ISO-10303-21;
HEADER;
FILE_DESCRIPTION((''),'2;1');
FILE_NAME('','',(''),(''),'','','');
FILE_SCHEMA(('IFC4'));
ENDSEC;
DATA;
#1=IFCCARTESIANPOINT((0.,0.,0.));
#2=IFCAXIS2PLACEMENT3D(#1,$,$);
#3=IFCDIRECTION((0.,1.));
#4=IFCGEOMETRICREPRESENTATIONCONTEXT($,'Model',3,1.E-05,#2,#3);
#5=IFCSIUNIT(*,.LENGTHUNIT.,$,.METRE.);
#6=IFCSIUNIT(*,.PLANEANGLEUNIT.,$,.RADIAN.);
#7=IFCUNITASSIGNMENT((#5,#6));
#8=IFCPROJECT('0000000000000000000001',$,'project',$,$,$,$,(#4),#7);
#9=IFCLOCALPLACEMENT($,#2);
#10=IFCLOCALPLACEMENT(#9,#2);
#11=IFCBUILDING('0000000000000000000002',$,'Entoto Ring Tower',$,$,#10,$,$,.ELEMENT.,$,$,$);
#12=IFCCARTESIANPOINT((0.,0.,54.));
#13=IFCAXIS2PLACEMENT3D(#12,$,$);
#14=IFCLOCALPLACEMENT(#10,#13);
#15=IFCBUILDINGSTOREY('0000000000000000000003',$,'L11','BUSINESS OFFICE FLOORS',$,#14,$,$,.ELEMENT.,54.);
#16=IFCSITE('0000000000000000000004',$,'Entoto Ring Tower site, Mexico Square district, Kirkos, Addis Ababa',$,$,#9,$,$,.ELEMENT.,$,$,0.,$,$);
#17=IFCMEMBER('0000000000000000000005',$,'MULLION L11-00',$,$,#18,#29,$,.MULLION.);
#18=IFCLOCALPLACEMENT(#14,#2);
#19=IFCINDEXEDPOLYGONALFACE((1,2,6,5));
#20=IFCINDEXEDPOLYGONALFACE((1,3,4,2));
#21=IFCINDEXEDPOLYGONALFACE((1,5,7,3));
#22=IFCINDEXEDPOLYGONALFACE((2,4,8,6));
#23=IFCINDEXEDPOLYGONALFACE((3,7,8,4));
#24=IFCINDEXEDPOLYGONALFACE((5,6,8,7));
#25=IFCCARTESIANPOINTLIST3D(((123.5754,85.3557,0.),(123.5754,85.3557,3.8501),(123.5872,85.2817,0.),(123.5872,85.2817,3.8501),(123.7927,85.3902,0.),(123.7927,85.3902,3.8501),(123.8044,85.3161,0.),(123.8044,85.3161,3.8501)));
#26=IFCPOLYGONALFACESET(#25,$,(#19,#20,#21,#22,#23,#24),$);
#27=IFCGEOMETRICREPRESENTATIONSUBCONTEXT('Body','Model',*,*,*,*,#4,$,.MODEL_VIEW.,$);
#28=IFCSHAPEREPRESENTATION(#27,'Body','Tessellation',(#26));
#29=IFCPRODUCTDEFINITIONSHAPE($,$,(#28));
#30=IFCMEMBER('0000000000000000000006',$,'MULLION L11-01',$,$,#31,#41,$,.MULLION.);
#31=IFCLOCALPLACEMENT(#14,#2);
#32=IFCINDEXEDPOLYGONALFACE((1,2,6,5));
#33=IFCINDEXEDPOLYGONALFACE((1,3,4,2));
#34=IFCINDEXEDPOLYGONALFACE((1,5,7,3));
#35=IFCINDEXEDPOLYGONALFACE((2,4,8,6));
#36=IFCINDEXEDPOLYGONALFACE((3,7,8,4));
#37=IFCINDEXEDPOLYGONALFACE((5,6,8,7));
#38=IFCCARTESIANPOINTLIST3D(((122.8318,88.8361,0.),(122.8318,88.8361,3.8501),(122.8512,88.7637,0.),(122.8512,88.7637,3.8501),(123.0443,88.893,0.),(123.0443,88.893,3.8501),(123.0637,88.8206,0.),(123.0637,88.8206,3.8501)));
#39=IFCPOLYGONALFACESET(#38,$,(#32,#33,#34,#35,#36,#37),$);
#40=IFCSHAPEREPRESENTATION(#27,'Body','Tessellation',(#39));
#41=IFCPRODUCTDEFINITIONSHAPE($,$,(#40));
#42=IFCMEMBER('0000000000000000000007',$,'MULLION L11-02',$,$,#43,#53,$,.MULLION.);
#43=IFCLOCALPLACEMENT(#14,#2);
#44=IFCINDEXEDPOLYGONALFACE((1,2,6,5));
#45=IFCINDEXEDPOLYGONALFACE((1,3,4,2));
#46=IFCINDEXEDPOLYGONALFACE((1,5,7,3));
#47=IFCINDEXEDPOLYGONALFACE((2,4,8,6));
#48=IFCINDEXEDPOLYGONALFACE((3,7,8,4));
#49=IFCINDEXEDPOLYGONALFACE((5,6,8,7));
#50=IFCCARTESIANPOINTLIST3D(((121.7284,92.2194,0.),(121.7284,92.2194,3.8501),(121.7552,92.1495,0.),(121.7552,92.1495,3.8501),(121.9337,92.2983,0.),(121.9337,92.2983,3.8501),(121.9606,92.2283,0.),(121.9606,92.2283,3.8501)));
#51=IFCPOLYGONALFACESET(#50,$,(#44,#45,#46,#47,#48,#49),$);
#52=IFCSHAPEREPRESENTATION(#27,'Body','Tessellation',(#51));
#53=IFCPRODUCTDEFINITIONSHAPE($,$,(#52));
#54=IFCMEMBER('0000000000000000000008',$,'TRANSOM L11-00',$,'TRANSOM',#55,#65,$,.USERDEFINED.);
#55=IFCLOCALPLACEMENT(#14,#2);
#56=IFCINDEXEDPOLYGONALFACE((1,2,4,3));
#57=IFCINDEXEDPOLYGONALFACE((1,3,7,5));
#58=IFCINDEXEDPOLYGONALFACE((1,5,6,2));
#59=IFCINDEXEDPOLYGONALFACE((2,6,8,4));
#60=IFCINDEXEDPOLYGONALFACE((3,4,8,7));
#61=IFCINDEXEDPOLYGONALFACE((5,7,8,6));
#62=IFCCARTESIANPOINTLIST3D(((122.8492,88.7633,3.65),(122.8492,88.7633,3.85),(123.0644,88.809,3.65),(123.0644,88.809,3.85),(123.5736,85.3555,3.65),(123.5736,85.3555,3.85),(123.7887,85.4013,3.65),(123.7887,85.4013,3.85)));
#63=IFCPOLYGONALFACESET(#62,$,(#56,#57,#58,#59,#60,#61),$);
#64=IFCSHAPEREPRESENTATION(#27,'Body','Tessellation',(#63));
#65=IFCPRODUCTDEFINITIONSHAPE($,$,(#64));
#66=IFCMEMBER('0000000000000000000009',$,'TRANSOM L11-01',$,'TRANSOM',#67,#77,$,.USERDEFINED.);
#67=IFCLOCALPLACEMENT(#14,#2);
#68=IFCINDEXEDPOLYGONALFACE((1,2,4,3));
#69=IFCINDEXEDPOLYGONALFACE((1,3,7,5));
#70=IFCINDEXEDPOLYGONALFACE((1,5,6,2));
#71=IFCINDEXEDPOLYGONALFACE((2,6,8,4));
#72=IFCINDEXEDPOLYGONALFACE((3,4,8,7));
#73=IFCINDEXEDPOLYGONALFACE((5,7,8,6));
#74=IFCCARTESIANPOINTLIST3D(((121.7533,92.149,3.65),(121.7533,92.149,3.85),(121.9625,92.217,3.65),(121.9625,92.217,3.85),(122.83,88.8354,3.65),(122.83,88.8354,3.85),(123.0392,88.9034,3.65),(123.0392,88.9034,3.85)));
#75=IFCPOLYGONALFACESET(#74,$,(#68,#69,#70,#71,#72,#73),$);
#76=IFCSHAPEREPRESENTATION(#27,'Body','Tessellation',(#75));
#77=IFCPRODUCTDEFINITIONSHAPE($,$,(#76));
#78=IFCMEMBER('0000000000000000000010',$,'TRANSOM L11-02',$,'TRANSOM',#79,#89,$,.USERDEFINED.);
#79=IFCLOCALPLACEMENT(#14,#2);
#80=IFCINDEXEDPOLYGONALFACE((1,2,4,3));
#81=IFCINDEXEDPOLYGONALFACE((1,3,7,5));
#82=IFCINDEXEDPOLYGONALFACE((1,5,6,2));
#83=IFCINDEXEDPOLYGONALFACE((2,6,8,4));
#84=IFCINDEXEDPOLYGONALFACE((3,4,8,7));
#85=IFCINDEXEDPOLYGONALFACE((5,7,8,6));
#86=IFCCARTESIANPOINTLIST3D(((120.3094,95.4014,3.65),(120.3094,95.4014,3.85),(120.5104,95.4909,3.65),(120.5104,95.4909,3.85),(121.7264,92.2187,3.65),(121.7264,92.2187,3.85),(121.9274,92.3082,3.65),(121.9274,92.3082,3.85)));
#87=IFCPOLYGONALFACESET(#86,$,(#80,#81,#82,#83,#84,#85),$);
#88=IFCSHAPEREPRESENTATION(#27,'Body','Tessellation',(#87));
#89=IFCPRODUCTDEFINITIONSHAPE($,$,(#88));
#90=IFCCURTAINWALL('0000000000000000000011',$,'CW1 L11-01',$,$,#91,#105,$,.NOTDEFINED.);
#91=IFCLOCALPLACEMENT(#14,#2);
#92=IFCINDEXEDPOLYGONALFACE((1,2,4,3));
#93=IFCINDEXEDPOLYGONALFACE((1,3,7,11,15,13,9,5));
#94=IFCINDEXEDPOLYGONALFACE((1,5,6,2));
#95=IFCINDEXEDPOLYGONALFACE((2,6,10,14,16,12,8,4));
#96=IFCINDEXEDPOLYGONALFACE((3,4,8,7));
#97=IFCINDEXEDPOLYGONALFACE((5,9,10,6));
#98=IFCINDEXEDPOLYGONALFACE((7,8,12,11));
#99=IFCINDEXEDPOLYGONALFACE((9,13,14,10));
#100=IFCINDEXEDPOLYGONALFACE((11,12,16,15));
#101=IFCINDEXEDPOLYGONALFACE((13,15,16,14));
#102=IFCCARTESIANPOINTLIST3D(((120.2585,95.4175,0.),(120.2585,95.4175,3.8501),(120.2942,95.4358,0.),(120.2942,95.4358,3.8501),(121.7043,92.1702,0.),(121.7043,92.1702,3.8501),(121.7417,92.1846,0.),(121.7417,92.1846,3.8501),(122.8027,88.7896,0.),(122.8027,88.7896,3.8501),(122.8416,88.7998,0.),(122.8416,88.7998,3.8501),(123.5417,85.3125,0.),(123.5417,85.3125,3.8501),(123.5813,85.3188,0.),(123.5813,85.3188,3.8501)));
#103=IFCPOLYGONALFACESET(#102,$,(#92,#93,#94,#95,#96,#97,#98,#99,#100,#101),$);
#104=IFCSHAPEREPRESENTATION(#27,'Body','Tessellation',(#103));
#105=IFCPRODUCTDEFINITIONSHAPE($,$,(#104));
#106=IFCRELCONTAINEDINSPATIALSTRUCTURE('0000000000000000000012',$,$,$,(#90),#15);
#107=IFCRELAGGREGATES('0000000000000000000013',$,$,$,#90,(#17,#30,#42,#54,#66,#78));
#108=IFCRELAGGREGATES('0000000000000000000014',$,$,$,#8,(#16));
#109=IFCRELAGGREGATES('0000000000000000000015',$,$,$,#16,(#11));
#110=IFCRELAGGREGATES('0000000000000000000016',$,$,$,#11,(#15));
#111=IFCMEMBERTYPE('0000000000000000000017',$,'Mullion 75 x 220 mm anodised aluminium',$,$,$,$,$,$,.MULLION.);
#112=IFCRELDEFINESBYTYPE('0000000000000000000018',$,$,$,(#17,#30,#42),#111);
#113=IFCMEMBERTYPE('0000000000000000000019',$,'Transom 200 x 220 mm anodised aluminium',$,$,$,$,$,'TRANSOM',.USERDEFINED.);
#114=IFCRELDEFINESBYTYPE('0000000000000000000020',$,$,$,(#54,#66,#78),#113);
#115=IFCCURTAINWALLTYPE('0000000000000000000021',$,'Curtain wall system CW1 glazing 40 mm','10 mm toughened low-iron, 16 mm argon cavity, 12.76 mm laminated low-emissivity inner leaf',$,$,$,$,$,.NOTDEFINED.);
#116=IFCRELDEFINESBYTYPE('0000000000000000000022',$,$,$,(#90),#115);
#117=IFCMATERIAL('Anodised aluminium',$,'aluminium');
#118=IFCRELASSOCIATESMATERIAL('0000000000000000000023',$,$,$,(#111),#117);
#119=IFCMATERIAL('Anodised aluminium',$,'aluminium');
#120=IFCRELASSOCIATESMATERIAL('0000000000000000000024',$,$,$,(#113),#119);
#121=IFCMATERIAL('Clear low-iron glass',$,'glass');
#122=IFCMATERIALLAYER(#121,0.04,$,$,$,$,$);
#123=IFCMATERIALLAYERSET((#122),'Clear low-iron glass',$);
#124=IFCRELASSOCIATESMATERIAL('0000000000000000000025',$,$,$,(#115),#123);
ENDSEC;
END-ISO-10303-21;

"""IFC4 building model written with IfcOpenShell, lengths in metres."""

from ifc_helpers import new_model, si_unit, direction, frame, origin, origin_2d, place, context, subcontext, project, spatial, polyline, rectangle, outline, extrude, material, layer, layer_set, material_profile, profile_set, type_object, element, aggregate, save


model = new_model("IFC4")

# Units and contexts
model_context = context("Model", 3, precision=1e-05, world=origin(), true_north=direction((0.0, 1.0)))
body_context = subcontext(model_context, "Body", "Model", "MODEL_VIEW")
ifc_project = project(units=[si_unit("LENGTHUNIT", "METRE"), si_unit("PLANEANGLEUNIT", "RADIAN")], contexts=[model_context])

# Members
ifc_material_1 = material(Name="Anodised aluminium", Category="aluminium")
ifc_material_profile_1 = material_profile(ifc_material_1, rectangle(XDim=0.075, YDim=0.22, at=origin_2d()), Name="Mullion 75 x 220 mm anodised aluminium")
ifc_profile_set_1 = profile_set([ifc_material_profile_1], Name="Anodised aluminium")
member_type_1 = type_object("IfcMemberType", Name="Mullion 75 x 220 mm anodised aluminium", PredefinedType="MULLION", material=ifc_profile_set_1)
site_placement = place(None, origin())
building_placement = place(site_placement, origin())
storey_placement = place(building_placement, frame((0.0, 0.0, 54.0)))
member_1_placement = place(storey_placement, frame((123.6899, 85.3359, 0.0), z_axis=(0.0, 0.0, 1.0), x_axis=(-0.156434, 0.987688, 0.0)))
member_1 = element("IfcMember", 1, at=member_1_placement, type_object=member_type_1, Name="MULLION L11-00", PredefinedType="MULLION", context=body_context, shape_type="SweptSolid", body=[
    extrude(rectangle(XDim=0.075, YDim=0.22, at=origin_2d()), origin(), (0.0, 0.0, 1.0), 3.8501),
])
member_2_placement = place(storey_placement, frame((122.9478, 88.8284, 0.0), z_axis=(0.0, 0.0, 1.0), x_axis=(-0.258819, 0.965926, 0.0)))
member_2 = element("IfcMember", 2, at=member_2_placement, type_object=member_type_1, Name="MULLION L11-01", PredefinedType="MULLION", context=body_context, shape_type="SweptSolid", body=[
    extrude(rectangle(XDim=0.075, YDim=0.22, at=origin_2d()), origin(), (0.0, 0.0, 1.0), 3.8501),
])
member_3_placement = place(storey_placement, frame((121.8445, 92.2239, 0.0), z_axis=(0.0, 0.0, 1.0), x_axis=(-0.358368, 0.93358, 0.0)))
member_3 = element("IfcMember", 3, at=member_3_placement, type_object=member_type_1, Name="MULLION L11-02", PredefinedType="MULLION", context=body_context, shape_type="SweptSolid", body=[
    extrude(rectangle(XDim=0.075, YDim=0.22, at=origin_2d()), origin(), (0.0, 0.0, 1.0), 3.8501),
])
ifc_material_2 = material(Name="Anodised aluminium", Category="aluminium")
ifc_material_profile_2 = material_profile(ifc_material_2, rectangle(XDim=0.22, YDim=0.2, at=origin_2d()), Name="Transom 200 x 220 mm anodised aluminium")
ifc_profile_set_2 = profile_set([ifc_material_profile_2], Name="Anodised aluminium")
member_type_2 = type_object("IfcMemberType", Name="Transom 200 x 220 mm anodised aluminium", ElementType="TRANSOM", PredefinedType="USERDEFINED", material=ifc_profile_set_2)
member_4_placement = place(storey_placement, frame((123.6812, 85.3784, 3.75), z_axis=(-0.207921, 0.978146, 0.0), x_axis=(-0.978146, -0.207921, 0.0)))
member_4 = element("IfcMember", 4, at=member_4_placement, type_object=member_type_2, Name="TRANSOM L11-00", ObjectType="TRANSOM", PredefinedType="USERDEFINED", context=body_context, shape_type="SweptSolid", body=[
    extrude(rectangle(XDim=0.22, YDim=0.2, at=origin_2d()), origin(), (0.0, 0.0, 1.0), 3.4839),
])
member_5_placement = place(storey_placement, frame((122.9346, 88.8694, 3.75), z_axis=(-0.309029, 0.951053, 0.0), x_axis=(-0.951053, -0.309029, 0.0)))
member_5 = element("IfcMember", 5, at=member_5_placement, type_object=member_type_2, Name="TRANSOM L11-01", ObjectType="TRANSOM", PredefinedType="USERDEFINED", context=body_context, shape_type="SweptSolid", body=[
    extrude(rectangle(XDim=0.22, YDim=0.2, at=origin_2d()), origin(), (0.0, 0.0, 1.0), 3.4841),
])
member_6_placement = place(storey_placement, frame((121.8269, 92.2634, 3.75), z_axis=(-0.406737, 0.913545, 0.0), x_axis=(-0.913545, -0.406737, 0.0)))
member_6 = element("IfcMember", 6, at=member_6_placement, type_object=member_type_2, Name="TRANSOM L11-02", ObjectType="TRANSOM", PredefinedType="USERDEFINED", context=body_context, shape_type="SweptSolid", body=[
    extrude(rectangle(XDim=0.22, YDim=0.2, at=origin_2d()), origin(), (0.0, 0.0, 1.0), 3.4839),
])

# Site, building, storey
site = spatial("IfcSite", under=ifc_project, at=site_placement, Name="Entoto Ring Tower site, Mexico Square district, Kirkos, Addis Ababa", CompositionType="ELEMENT", RefElevation=0.0)
building = spatial("IfcBuilding", under=site, at=building_placement, Name="Entoto Ring Tower", CompositionType="ELEMENT")
storey = spatial("IfcBuildingStorey", under=building, at=storey_placement, Name="L11", Description="BUSINESS OFFICE FLOORS", CompositionType="ELEMENT", Elevation=54.0)

# Curtain wall
ifc_material_3 = material(Name="Clear low-iron glass", Category="glass")
ifc_layer_1 = layer(ifc_material_3, 0.04)
ifc_layer_set_1 = layer_set([ifc_layer_1], Name="Clear low-iron glass")
curtain_wall_type = type_object("IfcCurtainWallType", Name="Curtain wall system CW1 glazing 40 mm", Description="10 mm toughened low-iron, 16 mm argon cavity, 12.76 mm laminated low-emissivity inner leaf", PredefinedType="NOTDEFINED", material=ifc_layer_set_1)
curtain_wall_1_placement = place(storey_placement, origin())
curtain_wall_1 = element("IfcCurtainWall", 7, at=curtain_wall_1_placement, inside=storey, type_object=curtain_wall_type, Name="CW1 L11-01", PredefinedType="NOTDEFINED", context=body_context, shape_type="SweptSolid", body=[
    extrude(outline(polyline([(123.5813, 85.3188), (122.8416, 88.7998), (121.7417, 92.1846), (120.2942, 95.4358), (120.2585, 95.4175), (121.7043, 92.1702), (122.8027, 88.7896), (123.5417, 85.3125), (123.5813, 85.3188)])), origin(), (0.0, 0.0, 1.0), 3.8501),
])
aggregate(curtain_wall_1, [member_1, member_2, member_3, member_4, member_5, member_6])

save(model, "model.ifc")
